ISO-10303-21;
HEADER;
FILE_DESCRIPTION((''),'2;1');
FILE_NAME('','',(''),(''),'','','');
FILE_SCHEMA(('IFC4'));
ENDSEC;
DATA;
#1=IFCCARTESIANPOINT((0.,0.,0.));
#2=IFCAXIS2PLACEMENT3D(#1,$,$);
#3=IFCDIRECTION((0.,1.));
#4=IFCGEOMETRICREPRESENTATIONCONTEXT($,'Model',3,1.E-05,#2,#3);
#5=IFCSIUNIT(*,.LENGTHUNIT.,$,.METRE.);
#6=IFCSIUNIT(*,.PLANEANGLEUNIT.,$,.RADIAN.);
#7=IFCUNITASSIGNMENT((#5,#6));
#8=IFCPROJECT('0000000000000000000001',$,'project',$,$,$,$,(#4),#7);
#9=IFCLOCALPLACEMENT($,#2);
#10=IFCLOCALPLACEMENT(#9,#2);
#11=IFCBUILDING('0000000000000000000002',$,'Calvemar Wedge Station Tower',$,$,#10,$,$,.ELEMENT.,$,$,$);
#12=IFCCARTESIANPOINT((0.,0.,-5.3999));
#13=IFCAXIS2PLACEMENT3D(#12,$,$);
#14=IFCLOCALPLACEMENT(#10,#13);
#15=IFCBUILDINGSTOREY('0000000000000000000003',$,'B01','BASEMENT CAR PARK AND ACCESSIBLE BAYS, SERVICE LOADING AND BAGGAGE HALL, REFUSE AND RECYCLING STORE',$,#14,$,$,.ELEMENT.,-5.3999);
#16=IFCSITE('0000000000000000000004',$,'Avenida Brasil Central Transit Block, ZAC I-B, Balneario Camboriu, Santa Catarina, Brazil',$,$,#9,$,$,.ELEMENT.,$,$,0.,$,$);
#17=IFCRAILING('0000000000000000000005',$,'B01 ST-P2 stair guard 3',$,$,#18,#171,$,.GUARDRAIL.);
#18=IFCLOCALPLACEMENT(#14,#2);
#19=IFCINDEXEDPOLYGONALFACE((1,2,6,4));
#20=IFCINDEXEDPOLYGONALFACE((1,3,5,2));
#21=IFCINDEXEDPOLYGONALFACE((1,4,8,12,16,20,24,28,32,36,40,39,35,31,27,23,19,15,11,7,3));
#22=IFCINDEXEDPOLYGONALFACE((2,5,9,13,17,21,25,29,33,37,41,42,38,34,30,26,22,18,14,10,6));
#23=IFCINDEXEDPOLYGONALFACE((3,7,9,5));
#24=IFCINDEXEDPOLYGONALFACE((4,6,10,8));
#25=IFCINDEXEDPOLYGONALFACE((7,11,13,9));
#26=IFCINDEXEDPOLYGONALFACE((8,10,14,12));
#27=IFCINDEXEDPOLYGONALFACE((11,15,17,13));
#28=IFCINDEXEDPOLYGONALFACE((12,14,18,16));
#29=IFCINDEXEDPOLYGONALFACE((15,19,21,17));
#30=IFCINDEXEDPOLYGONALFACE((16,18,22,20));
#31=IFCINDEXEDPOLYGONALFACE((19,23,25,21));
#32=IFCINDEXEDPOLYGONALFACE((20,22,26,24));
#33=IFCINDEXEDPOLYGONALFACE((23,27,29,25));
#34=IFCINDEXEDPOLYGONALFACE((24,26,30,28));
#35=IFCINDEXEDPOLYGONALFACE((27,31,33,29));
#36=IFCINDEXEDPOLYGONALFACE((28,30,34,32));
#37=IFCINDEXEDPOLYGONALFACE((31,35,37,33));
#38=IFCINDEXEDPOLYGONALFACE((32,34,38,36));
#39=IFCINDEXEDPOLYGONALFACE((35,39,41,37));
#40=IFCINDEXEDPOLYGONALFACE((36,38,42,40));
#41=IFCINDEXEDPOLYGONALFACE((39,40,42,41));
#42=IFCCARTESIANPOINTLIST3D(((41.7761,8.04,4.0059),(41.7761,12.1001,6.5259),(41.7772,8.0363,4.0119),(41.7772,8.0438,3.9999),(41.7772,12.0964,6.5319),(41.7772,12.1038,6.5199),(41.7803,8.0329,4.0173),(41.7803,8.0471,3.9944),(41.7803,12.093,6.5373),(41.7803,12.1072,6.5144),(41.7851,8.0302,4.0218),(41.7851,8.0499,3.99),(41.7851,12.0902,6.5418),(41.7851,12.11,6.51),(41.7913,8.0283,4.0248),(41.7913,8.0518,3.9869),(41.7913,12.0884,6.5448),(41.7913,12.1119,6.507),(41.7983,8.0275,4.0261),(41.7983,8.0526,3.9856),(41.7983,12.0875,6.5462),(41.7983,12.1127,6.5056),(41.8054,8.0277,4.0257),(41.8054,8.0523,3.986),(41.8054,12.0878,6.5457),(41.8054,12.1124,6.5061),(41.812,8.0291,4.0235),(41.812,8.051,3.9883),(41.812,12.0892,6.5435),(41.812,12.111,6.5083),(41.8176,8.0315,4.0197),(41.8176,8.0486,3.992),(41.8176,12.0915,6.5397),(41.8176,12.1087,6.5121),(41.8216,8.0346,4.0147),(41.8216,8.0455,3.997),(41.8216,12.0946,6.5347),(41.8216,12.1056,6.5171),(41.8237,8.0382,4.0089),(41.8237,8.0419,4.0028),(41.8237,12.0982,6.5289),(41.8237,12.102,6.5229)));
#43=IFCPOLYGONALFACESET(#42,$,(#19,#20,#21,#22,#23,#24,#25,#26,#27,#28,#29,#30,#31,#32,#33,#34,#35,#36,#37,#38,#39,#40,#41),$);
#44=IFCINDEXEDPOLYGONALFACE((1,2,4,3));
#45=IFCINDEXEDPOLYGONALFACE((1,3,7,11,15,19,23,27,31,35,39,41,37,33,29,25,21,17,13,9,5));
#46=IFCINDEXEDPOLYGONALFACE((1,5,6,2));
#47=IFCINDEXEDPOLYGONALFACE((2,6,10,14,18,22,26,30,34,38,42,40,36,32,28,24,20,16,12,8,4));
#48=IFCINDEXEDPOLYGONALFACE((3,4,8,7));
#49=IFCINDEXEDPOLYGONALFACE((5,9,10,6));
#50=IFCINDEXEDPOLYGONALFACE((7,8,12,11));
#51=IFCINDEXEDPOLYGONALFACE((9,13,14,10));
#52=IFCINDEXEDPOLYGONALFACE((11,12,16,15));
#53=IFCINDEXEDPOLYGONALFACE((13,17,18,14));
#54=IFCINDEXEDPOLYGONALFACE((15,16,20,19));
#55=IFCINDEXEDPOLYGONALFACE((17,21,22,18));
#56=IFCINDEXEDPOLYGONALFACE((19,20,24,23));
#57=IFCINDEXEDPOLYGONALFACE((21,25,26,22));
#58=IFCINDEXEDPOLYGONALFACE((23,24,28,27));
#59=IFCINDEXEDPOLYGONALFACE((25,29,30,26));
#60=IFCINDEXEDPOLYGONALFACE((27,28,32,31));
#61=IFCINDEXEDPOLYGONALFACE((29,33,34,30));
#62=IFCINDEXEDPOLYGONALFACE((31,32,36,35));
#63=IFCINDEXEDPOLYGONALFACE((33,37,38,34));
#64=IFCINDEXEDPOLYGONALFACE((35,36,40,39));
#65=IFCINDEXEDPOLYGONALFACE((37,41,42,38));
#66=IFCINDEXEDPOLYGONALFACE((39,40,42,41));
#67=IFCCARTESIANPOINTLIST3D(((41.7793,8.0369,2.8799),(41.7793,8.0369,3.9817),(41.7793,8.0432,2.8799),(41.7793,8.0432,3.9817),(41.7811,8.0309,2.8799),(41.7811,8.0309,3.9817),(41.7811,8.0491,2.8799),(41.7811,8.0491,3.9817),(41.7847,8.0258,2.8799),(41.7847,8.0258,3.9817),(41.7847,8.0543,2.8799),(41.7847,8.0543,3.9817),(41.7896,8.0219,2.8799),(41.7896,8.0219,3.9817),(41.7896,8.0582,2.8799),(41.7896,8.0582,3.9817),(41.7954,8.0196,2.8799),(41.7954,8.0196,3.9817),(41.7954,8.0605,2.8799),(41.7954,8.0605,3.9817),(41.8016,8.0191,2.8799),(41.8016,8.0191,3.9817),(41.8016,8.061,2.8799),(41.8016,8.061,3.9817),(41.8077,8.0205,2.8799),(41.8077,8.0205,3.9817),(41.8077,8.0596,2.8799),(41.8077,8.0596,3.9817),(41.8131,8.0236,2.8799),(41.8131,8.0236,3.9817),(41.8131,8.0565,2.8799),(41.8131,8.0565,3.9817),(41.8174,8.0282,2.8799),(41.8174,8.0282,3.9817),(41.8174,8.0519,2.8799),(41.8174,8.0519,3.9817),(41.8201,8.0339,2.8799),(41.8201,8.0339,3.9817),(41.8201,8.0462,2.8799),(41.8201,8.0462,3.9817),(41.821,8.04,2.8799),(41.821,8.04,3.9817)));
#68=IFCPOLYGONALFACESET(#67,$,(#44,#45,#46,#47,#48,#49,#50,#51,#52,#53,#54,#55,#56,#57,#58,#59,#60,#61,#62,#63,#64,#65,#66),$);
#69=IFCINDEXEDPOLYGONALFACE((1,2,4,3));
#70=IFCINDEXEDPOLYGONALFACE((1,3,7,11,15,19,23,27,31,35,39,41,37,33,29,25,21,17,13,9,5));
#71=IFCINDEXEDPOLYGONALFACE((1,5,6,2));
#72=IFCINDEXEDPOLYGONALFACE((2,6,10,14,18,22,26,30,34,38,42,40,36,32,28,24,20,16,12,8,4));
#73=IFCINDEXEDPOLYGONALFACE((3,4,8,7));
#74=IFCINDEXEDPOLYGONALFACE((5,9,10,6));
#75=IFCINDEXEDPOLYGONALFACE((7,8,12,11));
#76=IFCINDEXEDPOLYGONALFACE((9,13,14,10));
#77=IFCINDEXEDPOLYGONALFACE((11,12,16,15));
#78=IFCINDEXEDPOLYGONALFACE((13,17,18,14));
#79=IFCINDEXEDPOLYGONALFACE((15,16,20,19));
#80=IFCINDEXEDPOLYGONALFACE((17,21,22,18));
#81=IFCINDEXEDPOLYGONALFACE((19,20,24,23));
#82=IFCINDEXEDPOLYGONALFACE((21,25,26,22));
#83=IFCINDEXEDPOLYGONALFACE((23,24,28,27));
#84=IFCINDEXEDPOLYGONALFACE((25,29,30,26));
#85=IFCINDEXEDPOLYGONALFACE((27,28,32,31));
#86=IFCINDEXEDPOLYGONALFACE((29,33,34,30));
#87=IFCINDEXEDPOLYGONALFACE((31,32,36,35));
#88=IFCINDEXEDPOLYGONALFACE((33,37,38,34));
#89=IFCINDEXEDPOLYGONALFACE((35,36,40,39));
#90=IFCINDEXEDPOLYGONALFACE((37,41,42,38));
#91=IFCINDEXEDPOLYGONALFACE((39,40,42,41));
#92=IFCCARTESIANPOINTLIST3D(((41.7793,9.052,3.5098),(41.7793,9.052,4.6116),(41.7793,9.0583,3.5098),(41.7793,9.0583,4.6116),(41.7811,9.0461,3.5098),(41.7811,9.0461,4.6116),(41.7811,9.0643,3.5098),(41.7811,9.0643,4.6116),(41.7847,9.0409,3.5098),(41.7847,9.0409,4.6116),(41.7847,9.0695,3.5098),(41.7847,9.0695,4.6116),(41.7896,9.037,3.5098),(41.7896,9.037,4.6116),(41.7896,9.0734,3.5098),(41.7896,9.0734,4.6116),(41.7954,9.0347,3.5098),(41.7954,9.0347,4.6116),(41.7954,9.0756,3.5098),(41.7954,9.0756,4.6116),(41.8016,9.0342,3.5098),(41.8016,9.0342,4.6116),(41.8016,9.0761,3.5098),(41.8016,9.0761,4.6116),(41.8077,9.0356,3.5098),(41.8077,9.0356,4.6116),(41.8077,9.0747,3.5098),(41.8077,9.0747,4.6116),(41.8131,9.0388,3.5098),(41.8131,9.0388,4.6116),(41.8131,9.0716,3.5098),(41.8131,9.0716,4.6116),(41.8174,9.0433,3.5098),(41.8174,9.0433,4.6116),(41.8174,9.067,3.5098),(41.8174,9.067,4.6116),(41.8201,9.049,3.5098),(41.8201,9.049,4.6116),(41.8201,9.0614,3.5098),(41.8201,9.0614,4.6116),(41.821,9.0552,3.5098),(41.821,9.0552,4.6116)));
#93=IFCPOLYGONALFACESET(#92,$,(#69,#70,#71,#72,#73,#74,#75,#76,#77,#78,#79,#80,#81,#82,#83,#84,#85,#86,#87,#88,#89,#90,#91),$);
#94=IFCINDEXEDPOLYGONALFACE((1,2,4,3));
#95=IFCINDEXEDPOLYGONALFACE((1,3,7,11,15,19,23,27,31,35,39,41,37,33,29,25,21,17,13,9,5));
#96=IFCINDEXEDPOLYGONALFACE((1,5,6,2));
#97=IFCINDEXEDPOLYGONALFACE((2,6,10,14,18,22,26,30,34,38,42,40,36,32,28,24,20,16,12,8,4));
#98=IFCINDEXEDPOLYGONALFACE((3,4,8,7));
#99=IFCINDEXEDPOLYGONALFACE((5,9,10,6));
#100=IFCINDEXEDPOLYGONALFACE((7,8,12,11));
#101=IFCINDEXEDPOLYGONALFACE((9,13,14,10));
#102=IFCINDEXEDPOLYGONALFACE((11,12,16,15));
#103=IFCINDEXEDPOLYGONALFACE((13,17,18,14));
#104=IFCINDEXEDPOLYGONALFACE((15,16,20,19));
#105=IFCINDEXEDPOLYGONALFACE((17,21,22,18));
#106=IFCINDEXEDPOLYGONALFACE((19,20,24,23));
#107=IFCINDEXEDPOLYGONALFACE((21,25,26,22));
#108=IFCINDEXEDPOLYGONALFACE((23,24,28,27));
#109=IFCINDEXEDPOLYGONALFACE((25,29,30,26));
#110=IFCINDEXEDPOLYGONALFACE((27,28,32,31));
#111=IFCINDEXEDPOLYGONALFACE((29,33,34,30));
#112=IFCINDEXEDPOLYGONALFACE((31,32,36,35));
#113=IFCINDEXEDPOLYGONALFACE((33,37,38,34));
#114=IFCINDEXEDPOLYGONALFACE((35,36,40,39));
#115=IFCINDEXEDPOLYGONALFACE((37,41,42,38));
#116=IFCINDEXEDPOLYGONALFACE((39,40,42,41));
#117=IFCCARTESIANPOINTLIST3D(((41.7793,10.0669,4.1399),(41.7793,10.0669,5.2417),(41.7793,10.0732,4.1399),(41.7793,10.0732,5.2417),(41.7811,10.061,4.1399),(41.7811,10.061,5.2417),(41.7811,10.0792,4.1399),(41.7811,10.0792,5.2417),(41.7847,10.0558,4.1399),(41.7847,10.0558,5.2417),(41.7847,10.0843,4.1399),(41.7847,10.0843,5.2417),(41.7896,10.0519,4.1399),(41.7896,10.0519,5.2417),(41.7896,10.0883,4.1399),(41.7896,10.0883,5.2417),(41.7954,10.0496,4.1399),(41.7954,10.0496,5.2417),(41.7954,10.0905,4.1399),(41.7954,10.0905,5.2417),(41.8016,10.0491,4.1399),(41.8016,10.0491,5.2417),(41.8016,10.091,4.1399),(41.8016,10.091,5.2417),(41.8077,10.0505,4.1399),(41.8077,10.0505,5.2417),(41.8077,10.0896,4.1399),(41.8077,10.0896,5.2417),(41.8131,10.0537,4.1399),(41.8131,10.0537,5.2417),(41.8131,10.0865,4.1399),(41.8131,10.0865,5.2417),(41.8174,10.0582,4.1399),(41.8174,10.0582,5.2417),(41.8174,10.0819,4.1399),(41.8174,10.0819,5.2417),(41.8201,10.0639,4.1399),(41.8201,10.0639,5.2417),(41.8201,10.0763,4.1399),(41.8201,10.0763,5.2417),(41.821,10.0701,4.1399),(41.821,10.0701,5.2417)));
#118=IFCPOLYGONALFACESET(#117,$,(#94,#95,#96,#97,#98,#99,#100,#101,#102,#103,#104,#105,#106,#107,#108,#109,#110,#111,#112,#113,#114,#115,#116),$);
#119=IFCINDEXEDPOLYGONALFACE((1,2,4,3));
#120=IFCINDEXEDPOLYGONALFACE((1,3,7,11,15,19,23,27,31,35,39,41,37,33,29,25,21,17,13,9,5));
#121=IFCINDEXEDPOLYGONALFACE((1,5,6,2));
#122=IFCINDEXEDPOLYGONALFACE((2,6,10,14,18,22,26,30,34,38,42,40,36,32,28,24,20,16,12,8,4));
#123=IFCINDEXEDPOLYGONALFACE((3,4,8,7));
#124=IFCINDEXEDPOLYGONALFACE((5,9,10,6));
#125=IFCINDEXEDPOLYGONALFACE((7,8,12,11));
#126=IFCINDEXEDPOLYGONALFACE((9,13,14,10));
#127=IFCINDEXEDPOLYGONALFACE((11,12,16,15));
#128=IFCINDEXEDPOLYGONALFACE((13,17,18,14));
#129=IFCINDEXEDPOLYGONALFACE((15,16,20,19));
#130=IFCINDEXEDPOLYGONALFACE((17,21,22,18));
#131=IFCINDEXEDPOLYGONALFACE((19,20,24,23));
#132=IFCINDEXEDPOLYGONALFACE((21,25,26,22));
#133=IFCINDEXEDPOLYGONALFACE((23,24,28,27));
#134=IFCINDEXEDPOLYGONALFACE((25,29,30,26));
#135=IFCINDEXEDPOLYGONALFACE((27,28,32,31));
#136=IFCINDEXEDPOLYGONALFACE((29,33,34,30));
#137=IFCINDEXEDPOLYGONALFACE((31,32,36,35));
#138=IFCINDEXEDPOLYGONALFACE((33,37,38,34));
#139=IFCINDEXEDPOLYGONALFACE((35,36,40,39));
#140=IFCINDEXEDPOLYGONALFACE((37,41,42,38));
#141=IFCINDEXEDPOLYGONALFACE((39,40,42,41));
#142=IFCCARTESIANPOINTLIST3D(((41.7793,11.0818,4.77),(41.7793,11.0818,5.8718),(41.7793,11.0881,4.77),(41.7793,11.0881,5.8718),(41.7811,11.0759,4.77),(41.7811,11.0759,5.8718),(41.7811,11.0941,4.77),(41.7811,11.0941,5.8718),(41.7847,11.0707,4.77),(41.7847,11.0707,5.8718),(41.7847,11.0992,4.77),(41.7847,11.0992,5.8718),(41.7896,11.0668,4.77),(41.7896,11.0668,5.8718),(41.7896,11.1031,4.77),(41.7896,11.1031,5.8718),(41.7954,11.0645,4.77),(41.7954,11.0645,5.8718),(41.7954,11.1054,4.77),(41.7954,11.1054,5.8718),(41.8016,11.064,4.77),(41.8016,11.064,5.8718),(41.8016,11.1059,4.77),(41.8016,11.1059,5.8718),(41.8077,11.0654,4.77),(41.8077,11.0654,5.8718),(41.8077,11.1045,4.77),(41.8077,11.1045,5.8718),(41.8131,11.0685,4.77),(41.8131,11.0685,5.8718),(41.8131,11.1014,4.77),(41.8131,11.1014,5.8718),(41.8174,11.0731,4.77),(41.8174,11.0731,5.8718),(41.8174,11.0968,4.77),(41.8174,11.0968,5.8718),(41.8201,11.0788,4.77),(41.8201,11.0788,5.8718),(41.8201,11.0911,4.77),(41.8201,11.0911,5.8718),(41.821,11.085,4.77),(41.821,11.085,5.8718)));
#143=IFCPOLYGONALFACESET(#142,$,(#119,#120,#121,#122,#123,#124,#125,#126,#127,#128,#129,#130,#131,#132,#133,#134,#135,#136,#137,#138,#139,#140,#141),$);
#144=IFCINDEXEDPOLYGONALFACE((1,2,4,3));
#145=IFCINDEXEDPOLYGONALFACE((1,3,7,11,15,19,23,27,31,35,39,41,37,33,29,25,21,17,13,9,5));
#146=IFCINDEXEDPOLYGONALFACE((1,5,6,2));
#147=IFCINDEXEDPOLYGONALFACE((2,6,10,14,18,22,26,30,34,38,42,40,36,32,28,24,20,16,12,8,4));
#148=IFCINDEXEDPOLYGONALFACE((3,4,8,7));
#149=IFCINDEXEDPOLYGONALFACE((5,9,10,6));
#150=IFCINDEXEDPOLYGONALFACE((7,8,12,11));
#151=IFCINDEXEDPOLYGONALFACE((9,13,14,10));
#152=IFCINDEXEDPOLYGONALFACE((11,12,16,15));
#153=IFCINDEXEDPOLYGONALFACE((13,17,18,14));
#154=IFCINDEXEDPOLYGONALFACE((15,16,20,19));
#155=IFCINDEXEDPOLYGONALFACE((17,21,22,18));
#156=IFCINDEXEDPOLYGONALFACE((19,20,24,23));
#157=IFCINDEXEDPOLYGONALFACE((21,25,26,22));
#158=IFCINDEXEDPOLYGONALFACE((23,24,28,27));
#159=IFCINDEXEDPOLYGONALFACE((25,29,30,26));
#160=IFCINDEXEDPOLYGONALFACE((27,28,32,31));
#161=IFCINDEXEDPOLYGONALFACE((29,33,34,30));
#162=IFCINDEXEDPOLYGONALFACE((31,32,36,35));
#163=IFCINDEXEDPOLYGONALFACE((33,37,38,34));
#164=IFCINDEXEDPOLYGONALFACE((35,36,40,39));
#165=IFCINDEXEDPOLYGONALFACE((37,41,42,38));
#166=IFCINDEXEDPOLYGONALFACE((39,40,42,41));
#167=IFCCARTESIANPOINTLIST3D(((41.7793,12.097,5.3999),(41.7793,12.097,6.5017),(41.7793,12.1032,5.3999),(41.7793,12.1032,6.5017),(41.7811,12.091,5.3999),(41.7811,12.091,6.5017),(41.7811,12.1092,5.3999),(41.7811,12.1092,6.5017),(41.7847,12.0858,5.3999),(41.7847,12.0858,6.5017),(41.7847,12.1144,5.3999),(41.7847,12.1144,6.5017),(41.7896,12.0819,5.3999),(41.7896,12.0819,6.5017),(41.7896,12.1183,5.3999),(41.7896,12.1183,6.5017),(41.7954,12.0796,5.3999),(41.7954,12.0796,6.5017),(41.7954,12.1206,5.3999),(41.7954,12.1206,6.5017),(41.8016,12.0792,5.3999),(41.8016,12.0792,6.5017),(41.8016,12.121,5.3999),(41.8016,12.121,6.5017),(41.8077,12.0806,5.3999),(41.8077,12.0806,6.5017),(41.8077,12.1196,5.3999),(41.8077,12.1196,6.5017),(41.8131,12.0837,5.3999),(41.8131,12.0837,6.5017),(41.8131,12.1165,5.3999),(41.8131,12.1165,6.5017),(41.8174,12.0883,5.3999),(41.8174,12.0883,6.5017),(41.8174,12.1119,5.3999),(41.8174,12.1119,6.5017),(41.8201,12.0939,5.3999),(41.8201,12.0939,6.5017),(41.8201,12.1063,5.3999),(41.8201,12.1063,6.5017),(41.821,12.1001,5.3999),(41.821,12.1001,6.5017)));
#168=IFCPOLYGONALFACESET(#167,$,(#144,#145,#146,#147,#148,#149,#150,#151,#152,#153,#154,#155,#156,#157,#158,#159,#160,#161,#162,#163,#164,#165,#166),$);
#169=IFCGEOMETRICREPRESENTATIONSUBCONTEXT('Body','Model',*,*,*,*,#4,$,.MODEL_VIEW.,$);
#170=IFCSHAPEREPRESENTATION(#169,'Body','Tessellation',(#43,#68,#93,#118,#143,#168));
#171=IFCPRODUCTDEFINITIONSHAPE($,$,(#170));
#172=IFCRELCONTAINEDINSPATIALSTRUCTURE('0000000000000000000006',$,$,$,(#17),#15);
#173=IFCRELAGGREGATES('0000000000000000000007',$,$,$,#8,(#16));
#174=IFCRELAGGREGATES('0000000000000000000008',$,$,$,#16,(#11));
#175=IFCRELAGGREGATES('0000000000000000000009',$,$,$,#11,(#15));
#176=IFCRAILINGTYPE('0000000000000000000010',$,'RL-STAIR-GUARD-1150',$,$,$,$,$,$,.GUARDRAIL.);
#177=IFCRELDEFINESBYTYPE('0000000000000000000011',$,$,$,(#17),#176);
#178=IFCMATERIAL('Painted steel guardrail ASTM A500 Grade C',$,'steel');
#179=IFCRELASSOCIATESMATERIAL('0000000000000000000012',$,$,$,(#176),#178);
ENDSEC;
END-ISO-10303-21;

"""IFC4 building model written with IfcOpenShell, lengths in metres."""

from ifc_helpers import new_model, si_unit, direction, frame, origin, origin_2d, place, context, subcontext, project, spatial, circle, extrude, material, type_object, element, save


model = new_model("IFC4")

# Units and contexts
model_context = context("Model", 3, precision=1e-05, world=origin(), true_north=direction((0.0, 1.0)))
body_context = subcontext(model_context, "Body", "Model", "MODEL_VIEW")
ifc_project = project(units=[si_unit("LENGTHUNIT", "METRE"), si_unit("PLANEANGLEUNIT", "RADIAN")], contexts=[model_context])

# Site, building, storey
site_placement = place(None, origin())
site = spatial("IfcSite", under=ifc_project, at=site_placement, Name="Avenida Brasil Central Transit Block, ZAC I-B, Balneario Camboriu, Santa Catarina, Brazil", CompositionType="ELEMENT", RefElevation=0.0)
building_placement = place(site_placement, origin())
building = spatial("IfcBuilding", under=site, at=building_placement, Name="Calvemar Wedge Station Tower", CompositionType="ELEMENT")
storey_placement = place(building_placement, frame((0.0, 0.0, -5.3999)))
storey = spatial("IfcBuildingStorey", under=building, at=storey_placement, Name="B01", Description="BASEMENT CAR PARK AND ACCESSIBLE BAYS, SERVICE LOADING AND BAGGAGE HALL, REFUSE AND RECYCLING STORE", CompositionType="ELEMENT", Elevation=-5.3999)

# Railing
ifc_material_1 = material(Name="Painted steel guardrail ASTM A500 Grade C", Category="steel")
railing_type_1 = type_object("IfcRailingType", Name="RL-STAIR-GUARD-1150", PredefinedType="GUARDRAIL", material=ifc_material_1)
railing_1_placement = place(storey_placement, frame((41.8, 8.04, 2.8799)))
element("IfcRailing", 1, at=railing_1_placement, inside=storey, type_object=railing_type_1, Name="B01 ST-P2 stair guard 3", PredefinedType="GUARDRAIL", context=body_context, shape_type="SweptSolid", body=[
    extrude(circle(Radius=0.0239, at=origin_2d()), frame((0.0, 0.0, 1.126), z_axis=(0.0, 0.849642, 0.52736), x_axis=(-1.0, 0.0, 0.0)), (0.0, 0.0, 1.0), 4.7786),
    extrude(circle(Radius=0.021, at=origin_2d()), origin(), (0.0, 0.0, 1.0), 1.1018),
    extrude(circle(Radius=0.021, at=origin_2d()), frame((0.0, 1.0151, 0.6299)), (0.0, 0.0, 1.0), 1.1018),
    extrude(circle(Radius=0.021, at=origin_2d()), frame((0.0, 2.03, 1.26)), (0.0, 0.0, 1.0), 1.1018),
    extrude(circle(Radius=0.021, at=origin_2d()), frame((0.0, 3.0449, 1.8901)), (0.0, 0.0, 1.0), 1.1018),
    extrude(circle(Radius=0.021, at=origin_2d()), frame((0.0, 4.0601, 2.52)), (0.0, 0.0, 1.0), 1.1018),
])

save(model, "model.ifc")
